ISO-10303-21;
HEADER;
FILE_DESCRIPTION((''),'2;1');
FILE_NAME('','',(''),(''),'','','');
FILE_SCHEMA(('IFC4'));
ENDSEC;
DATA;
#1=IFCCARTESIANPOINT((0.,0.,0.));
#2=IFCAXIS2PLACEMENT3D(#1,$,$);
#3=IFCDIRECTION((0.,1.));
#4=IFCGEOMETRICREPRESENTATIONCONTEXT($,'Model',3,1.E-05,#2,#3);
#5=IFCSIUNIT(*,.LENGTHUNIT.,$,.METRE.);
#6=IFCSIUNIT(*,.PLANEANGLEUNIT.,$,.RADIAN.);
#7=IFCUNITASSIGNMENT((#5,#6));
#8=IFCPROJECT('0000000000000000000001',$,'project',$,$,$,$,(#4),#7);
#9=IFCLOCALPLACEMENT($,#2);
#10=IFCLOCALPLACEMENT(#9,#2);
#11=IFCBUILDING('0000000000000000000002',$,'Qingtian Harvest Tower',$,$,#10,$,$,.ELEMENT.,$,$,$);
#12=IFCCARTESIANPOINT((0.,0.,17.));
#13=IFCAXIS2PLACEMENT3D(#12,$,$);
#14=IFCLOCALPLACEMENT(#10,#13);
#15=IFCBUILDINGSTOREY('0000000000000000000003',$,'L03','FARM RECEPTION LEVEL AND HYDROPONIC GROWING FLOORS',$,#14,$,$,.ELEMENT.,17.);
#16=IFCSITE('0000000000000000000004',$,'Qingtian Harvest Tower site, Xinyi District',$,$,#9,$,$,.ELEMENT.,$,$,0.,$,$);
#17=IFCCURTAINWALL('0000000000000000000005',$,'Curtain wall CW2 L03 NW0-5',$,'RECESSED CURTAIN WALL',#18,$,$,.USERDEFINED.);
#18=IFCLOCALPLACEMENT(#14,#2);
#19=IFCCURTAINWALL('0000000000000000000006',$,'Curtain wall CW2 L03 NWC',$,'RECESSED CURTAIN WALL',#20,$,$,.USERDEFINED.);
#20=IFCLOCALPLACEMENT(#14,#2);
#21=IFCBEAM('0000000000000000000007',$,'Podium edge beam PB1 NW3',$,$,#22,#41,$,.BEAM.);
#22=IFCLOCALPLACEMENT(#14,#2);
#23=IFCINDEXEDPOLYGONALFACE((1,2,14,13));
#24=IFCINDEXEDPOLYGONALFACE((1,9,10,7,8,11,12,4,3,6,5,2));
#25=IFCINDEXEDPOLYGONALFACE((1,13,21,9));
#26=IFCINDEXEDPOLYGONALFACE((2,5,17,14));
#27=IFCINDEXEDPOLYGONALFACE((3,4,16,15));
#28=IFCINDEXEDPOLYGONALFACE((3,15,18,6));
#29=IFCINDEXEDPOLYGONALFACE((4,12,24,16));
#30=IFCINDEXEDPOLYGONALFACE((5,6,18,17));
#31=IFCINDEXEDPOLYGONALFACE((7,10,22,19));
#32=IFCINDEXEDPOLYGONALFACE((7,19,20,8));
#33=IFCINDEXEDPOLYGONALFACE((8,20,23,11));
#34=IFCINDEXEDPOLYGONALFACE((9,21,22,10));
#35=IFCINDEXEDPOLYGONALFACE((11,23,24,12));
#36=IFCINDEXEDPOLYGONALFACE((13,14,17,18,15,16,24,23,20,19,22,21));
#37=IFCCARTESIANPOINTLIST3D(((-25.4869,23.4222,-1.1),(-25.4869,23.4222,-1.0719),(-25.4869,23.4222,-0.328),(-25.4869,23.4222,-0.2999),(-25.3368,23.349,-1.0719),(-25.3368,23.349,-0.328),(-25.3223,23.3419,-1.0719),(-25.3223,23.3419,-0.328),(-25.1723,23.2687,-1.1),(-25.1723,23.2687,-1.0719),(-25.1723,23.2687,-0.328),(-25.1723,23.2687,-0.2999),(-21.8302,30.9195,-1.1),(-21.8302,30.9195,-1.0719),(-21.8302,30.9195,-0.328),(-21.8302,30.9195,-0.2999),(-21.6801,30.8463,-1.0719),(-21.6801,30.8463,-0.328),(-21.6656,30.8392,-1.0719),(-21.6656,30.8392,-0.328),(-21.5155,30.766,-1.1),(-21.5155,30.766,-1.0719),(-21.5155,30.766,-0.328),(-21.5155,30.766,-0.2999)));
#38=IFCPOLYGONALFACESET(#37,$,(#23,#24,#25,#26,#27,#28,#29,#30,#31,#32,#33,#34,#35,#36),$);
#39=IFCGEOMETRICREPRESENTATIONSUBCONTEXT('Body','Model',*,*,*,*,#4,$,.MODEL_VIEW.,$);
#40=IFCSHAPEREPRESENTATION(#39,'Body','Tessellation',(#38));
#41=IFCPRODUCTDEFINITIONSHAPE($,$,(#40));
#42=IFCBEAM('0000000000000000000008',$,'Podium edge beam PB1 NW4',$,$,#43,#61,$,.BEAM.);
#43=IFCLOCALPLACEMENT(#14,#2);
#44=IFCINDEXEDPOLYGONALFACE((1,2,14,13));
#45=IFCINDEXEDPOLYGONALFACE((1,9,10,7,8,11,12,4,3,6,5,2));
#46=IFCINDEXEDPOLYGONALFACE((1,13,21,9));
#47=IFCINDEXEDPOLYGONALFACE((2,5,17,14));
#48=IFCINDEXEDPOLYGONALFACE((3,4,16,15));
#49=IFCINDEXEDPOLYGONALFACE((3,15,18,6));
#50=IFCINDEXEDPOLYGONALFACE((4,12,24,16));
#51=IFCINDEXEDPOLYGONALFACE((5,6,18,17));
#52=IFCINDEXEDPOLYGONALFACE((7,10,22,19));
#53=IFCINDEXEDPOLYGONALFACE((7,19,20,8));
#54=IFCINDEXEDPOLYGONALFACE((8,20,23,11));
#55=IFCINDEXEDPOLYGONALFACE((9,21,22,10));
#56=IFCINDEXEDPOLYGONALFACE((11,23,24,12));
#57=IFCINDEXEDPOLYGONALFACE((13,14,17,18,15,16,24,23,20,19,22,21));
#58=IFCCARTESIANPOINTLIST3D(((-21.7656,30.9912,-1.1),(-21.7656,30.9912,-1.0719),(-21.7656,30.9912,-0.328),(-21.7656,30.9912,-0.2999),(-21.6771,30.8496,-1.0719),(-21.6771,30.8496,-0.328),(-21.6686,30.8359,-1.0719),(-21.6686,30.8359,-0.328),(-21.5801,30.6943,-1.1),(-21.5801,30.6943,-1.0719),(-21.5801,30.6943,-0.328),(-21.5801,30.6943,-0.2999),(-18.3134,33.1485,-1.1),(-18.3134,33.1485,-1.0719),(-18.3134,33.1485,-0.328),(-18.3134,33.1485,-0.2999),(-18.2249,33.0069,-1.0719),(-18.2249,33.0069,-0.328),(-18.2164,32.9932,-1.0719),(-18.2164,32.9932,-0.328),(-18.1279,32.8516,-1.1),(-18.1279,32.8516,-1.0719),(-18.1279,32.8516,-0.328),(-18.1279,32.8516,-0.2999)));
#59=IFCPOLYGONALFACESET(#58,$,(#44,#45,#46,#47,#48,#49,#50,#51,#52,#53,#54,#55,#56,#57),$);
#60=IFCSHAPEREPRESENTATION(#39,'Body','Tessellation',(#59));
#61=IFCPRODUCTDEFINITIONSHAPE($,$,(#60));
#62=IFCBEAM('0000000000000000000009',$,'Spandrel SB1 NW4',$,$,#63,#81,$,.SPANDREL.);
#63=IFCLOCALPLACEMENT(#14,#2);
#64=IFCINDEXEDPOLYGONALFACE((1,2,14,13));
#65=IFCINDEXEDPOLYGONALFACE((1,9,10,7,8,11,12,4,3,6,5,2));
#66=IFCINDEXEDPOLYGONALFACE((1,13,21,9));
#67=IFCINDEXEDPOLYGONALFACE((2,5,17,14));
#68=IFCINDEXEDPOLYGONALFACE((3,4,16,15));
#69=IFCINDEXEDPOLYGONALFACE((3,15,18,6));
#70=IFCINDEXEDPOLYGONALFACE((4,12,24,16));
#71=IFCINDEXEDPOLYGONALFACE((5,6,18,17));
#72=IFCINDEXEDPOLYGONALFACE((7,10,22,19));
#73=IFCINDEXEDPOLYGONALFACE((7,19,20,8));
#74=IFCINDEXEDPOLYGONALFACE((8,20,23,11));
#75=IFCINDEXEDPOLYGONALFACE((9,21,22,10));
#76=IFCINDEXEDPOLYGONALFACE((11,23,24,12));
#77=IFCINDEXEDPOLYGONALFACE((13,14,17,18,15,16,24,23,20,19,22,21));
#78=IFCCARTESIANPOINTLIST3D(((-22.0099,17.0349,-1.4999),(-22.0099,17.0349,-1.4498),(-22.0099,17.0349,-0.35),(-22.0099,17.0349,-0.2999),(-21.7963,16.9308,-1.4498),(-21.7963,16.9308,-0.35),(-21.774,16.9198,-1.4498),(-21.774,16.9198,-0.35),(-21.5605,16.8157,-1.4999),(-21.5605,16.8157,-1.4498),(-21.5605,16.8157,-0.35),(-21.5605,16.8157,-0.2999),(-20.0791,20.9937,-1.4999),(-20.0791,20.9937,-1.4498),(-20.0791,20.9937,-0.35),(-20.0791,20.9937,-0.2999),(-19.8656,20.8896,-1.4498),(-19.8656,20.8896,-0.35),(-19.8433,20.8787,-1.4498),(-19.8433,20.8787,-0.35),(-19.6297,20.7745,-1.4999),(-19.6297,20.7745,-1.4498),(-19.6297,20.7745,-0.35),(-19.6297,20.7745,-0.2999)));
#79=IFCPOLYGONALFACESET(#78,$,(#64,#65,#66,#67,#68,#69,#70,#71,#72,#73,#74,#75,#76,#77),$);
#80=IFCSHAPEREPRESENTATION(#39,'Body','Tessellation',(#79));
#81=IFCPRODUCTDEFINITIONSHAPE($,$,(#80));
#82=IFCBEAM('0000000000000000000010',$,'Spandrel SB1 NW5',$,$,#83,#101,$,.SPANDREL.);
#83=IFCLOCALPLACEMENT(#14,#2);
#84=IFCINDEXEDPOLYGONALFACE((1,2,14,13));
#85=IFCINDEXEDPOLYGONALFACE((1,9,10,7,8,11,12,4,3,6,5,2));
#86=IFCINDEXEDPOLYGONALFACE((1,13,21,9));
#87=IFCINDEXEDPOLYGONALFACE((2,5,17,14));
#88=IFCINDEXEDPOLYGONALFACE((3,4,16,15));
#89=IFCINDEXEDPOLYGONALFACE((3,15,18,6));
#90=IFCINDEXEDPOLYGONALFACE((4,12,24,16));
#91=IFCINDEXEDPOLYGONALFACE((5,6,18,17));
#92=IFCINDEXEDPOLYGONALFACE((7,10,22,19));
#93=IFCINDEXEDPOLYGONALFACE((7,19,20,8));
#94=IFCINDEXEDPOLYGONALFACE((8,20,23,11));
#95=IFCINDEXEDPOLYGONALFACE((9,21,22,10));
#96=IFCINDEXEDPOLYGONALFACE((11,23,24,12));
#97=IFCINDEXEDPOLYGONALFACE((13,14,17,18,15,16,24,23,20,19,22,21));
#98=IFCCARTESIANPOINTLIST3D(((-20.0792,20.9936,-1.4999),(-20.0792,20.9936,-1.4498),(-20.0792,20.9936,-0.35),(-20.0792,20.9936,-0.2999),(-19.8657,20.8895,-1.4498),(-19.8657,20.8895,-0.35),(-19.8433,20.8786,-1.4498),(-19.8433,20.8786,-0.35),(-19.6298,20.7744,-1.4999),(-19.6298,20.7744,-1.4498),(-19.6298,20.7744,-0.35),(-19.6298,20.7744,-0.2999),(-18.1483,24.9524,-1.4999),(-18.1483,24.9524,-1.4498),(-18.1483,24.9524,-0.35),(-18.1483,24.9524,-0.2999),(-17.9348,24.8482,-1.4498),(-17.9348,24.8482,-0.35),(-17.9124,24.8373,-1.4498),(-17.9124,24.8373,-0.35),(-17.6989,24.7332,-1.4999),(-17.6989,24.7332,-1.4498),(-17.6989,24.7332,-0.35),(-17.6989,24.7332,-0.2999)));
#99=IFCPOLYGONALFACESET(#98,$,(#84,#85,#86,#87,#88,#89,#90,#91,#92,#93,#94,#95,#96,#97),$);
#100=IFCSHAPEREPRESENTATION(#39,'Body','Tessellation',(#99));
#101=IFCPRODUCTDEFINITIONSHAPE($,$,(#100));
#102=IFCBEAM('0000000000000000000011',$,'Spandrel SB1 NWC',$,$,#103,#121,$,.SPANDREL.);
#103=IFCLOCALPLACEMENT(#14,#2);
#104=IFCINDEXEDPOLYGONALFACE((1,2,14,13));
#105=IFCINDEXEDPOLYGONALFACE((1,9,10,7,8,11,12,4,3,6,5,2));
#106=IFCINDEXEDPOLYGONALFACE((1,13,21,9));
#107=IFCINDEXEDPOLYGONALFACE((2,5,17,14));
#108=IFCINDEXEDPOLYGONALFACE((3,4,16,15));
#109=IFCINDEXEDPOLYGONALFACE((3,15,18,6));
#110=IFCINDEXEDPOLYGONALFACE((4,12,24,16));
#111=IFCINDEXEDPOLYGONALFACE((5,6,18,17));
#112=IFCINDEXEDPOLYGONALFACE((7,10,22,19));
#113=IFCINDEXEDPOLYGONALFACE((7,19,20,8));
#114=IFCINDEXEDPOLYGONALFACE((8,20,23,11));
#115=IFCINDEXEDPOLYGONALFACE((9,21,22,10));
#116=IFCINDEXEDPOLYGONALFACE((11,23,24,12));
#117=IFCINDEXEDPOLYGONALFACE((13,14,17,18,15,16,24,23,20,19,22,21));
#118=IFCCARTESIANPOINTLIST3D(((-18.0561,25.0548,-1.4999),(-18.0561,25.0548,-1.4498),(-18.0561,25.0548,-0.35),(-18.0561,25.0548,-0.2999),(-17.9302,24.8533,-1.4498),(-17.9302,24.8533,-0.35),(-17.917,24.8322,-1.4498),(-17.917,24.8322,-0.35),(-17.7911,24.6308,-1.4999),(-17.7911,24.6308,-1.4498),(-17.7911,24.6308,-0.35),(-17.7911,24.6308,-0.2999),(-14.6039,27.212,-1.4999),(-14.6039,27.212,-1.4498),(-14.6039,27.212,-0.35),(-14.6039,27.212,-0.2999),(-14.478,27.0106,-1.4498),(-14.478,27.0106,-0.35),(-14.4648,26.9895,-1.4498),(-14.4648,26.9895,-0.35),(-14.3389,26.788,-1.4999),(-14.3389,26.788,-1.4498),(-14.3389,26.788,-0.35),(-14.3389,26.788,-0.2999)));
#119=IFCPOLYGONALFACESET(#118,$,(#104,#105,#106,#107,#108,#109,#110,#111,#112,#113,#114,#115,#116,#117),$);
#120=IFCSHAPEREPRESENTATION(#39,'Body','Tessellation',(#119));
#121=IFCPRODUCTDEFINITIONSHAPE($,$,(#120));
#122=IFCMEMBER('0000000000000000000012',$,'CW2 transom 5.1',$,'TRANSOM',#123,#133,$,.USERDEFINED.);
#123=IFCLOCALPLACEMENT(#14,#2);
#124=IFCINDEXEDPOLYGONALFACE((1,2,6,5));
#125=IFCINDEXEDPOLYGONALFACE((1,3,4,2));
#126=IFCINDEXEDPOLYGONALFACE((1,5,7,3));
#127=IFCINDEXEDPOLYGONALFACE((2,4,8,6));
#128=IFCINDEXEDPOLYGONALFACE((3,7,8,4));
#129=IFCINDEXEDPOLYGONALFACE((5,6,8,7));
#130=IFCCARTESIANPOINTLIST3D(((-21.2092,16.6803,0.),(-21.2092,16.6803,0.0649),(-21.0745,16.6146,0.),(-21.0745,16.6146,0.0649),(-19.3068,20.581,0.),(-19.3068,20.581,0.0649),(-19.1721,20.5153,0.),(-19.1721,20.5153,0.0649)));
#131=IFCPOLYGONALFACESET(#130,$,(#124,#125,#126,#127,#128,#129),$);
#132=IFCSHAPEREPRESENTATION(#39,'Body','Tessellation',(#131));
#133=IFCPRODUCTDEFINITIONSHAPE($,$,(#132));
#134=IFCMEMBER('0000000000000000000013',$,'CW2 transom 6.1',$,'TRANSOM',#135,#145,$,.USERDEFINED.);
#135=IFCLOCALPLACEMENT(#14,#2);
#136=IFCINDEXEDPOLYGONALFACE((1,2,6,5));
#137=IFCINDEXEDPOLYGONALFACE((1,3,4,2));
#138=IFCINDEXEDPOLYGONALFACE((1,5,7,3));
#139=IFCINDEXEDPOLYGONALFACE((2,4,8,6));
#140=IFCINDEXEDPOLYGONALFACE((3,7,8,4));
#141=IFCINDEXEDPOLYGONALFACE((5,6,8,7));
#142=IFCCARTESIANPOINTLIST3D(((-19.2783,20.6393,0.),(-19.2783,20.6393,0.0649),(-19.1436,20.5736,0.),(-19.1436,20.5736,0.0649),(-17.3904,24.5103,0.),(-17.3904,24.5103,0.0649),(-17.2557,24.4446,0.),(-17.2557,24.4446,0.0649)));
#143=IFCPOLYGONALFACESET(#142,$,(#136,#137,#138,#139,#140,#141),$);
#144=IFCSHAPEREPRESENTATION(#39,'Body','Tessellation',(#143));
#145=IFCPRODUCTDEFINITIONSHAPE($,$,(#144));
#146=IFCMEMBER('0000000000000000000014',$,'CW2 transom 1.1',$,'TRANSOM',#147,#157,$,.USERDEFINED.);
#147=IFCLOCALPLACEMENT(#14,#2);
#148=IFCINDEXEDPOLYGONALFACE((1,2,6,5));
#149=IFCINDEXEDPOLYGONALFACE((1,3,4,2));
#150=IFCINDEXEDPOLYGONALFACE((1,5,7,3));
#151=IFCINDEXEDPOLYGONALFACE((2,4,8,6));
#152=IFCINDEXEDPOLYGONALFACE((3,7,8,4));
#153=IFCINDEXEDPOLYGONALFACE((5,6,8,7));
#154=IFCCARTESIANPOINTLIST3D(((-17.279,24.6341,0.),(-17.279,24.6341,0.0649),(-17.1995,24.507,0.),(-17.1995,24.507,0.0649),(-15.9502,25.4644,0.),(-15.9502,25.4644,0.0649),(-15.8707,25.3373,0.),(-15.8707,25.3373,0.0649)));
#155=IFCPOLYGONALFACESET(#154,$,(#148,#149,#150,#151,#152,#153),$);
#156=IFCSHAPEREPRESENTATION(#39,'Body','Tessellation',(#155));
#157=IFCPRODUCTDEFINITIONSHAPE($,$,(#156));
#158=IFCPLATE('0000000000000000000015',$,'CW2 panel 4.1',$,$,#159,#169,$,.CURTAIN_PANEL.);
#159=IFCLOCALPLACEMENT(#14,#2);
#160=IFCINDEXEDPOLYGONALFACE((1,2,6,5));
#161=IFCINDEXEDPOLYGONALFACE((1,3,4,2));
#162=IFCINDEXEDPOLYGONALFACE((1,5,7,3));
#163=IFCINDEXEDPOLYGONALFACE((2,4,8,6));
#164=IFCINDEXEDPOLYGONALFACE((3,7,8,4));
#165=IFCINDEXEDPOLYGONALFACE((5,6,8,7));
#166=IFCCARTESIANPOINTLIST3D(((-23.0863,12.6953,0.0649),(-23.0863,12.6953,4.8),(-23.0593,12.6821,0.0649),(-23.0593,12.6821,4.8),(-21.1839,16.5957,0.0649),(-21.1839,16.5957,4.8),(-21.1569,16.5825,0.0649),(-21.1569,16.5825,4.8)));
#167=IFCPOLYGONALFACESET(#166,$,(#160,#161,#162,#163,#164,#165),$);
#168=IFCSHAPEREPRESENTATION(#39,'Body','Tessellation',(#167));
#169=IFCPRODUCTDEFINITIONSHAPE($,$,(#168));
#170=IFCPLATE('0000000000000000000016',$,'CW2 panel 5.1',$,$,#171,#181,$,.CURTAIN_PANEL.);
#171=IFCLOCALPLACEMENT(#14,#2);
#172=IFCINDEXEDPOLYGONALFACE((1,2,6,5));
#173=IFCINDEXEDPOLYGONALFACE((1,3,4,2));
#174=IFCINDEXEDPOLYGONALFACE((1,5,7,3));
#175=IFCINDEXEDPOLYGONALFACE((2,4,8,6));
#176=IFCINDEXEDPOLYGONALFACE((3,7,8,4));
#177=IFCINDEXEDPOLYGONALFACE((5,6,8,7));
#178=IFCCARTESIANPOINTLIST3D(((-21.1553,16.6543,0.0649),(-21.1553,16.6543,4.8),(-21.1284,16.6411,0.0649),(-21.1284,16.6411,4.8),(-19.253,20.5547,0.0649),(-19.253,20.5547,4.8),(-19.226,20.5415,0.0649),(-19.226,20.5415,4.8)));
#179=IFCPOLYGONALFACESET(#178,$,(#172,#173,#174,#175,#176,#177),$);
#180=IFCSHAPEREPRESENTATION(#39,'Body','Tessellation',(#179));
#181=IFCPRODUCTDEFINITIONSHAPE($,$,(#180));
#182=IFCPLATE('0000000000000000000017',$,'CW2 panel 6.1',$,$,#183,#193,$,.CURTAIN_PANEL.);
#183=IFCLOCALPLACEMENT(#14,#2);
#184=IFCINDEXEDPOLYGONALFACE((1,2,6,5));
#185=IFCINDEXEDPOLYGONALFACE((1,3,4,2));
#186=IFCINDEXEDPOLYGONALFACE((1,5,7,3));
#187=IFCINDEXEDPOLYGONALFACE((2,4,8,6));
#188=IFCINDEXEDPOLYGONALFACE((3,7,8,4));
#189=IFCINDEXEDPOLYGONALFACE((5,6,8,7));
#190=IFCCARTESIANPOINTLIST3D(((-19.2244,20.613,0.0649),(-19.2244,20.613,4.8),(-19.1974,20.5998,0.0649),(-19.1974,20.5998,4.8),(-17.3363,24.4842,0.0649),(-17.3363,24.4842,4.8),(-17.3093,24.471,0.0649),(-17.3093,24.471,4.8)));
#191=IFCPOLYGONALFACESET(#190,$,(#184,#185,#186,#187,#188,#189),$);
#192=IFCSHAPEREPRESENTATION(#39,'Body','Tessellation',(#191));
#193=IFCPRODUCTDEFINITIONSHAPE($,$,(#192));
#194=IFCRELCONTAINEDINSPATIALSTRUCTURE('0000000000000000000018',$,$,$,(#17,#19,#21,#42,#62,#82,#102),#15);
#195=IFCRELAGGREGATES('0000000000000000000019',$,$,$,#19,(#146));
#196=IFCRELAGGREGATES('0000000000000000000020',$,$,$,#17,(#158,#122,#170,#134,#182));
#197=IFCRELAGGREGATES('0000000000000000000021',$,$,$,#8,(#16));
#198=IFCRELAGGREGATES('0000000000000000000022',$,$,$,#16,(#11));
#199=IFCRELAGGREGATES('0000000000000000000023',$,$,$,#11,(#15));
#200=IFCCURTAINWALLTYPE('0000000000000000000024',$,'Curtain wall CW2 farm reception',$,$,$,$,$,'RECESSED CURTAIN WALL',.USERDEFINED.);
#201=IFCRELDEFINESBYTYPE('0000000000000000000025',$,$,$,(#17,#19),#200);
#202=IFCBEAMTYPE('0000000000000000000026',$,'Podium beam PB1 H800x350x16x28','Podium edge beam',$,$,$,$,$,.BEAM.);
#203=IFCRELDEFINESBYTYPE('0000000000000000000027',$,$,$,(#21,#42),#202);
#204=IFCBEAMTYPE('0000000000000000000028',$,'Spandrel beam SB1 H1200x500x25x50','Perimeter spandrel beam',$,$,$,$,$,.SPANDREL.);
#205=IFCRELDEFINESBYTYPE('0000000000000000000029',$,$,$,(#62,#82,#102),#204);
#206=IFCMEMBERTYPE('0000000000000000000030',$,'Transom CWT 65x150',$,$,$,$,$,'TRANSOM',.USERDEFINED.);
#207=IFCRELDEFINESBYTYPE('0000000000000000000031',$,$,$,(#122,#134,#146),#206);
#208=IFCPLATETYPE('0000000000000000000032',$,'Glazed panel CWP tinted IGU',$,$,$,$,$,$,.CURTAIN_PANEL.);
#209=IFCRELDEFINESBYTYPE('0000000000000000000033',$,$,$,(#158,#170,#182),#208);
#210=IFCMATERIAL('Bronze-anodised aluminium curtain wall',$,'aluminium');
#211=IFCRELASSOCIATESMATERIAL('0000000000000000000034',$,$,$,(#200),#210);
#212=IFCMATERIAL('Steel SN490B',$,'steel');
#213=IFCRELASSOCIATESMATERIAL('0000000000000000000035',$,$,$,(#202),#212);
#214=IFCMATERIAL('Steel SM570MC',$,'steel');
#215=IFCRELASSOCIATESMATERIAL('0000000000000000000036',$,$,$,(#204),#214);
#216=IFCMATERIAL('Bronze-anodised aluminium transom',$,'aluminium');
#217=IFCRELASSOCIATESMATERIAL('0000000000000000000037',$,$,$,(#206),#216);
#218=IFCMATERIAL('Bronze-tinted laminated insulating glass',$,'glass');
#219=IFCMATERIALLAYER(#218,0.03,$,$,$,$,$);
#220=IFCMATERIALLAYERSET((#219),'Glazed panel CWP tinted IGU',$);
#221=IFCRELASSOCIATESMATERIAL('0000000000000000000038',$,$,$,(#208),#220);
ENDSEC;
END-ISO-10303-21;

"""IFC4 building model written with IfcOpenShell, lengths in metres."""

from ifc_helpers import new_model, si_unit, direction, frame, origin, origin_2d, place, context, subcontext, project, spatial, rectangle, i_section, extrude, material, layer, layer_set, material_profile, profile_set, type_object, element, aggregate, save


model = new_model("IFC4")

# Units and contexts
model_context = context("Model", 3, precision=1e-05, world=origin(), true_north=direction((0.0, 1.0)))
body_context = subcontext(model_context, "Body", "Model", "MODEL_VIEW")
ifc_project = project(units=[si_unit("LENGTHUNIT", "METRE"), si_unit("PLANEANGLEUNIT", "RADIAN")], contexts=[model_context])

# Site, building, storey
site_placement = place(None, origin())
site = spatial("IfcSite", under=ifc_project, at=site_placement, Name="Qingtian Harvest Tower site, Xinyi District", CompositionType="ELEMENT", RefElevation=0.0)
building_placement = place(site_placement, origin())
building = spatial("IfcBuilding", under=site, at=building_placement, Name="Qingtian Harvest Tower", CompositionType="ELEMENT")
storey_placement = place(building_placement, frame((0.0, 0.0, 17.0)))
storey = spatial("IfcBuildingStorey", under=building, at=storey_placement, Name="L03", Description="FARM RECEPTION LEVEL AND HYDROPONIC GROWING FLOORS", CompositionType="ELEMENT", Elevation=17.0)

# Curtain wall
ifc_material_1 = material(Name="Bronze-anodised aluminium curtain wall", Category="aluminium")
curtain_wall_type = type_object("IfcCurtainWallType", Name="Curtain wall CW2 farm reception", ElementType="RECESSED CURTAIN WALL", PredefinedType="USERDEFINED", material=ifc_material_1)
curtain_wall_1_placement = place(storey_placement, origin())
curtain_wall_1 = element("IfcCurtainWall", 1, at=curtain_wall_1_placement, inside=storey, type_object=curtain_wall_type, Name="Curtain wall CW2 L03 NW0-5", ObjectType="RECESSED CURTAIN WALL", PredefinedType="USERDEFINED")

# Curtain wall
curtain_wall_2_placement = place(storey_placement, origin())
curtain_wall_2 = element("IfcCurtainWall", 2, at=curtain_wall_2_placement, inside=storey, type_object=curtain_wall_type, Name="Curtain wall CW2 L03 NWC", ObjectType="RECESSED CURTAIN WALL", PredefinedType="USERDEFINED")

# Beams
ifc_material_2 = material(Name="Steel SN490B", Category="steel")
ifc_material_profile_1 = material_profile(ifc_material_2, i_section(OverallWidth=0.3501, OverallDepth=0.8, WebThickness=0.0161, FlangeThickness=0.0281, at=origin_2d()), Name="H800x350x16x28")
ifc_profile_set_1 = profile_set([ifc_material_profile_1], Name="Steel SN490B")
beam_type_1 = type_object("IfcBeamType", Name="Podium beam PB1 H800x350x16x28", Description="Podium edge beam", PredefinedType="BEAM", material=ifc_profile_set_1)
beam_1_placement = place(storey_placement, frame((-25.3296, 23.3455, -0.7), z_axis=(0.438376, 0.898792, 0.0), x_axis=(-0.898792, 0.438376, 0.0)))
element("IfcBeam", 3, at=beam_1_placement, inside=storey, type_object=beam_type_1, Name="Podium edge beam PB1 NW3", PredefinedType="BEAM", context=body_context, shape_type="SweptSolid", body=[
    extrude(i_section(OverallWidth=0.3501, OverallDepth=0.8, WebThickness=0.0161, FlangeThickness=0.0281, at=origin_2d()), origin(), (0.0, 0.0, 1.0), 8.3416),
])
beam_2_placement = place(storey_placement, frame((-21.6729, 30.8428, -0.7), z_axis=(0.848039, 0.529934, 0.0), x_axis=(-0.529934, 0.848039, 0.0)))
element("IfcBeam", 4, at=beam_2_placement, inside=storey, type_object=beam_type_1, Name="Podium edge beam PB1 NW4", PredefinedType="BEAM", context=body_context, shape_type="SweptSolid", body=[
    extrude(i_section(OverallWidth=0.3501, OverallDepth=0.8, WebThickness=0.0161, FlangeThickness=0.0281, at=origin_2d()), origin(), (0.0, 0.0, 1.0), 4.0708),
])
ifc_material_3 = material(Name="Steel SM570MC", Category="steel")
ifc_material_profile_2 = material_profile(ifc_material_3, i_section(OverallWidth=0.5, OverallDepth=1.2, WebThickness=0.0249, FlangeThickness=0.05, at=origin_2d()), Name="H1200x500x25x50")
ifc_profile_set_2 = profile_set([ifc_material_profile_2], Name="Steel SM570MC")
beam_type_2 = type_object("IfcBeamType", Name="Spandrel beam SB1 H1200x500x25x50", Description="Perimeter spandrel beam", PredefinedType="SPANDREL", material=ifc_profile_set_2)
for number, where, z_axis, x_axis, name in (
    (5, (-21.7852, 16.9253, -0.8999), (0.438345, 0.898807, 0.0), (-0.898807, 0.438345, 0.0), "Spandrel SB1 NW4"),
    (6, (-19.8545, 20.884, -0.8999), (0.43839, 0.898785, 0.0), (-0.898785, 0.43839, 0.0), "Spandrel SB1 NW5"),
):
    element("IfcBeam", number, at=place(storey_placement, frame(where, z_axis=z_axis, x_axis=x_axis)), inside=storey, type_object=beam_type_2, Name=name, PredefinedType="SPANDREL", context=body_context, shape_type="SweptSolid", body=[
        extrude(i_section(OverallWidth=0.5, OverallDepth=1.2, WebThickness=0.0249, FlangeThickness=0.05, at=origin_2d()), origin(), (0.0, 0.0, 1.0), 4.4045),
    ])
beam_3_placement = place(storey_placement, frame((-17.9236, 24.8428, -0.8999), z_axis=(0.848039, 0.529934, 0.0), x_axis=(-0.529934, 0.848039, 0.0)))
element("IfcBeam", 7, at=beam_3_placement, inside=storey, type_object=beam_type_2, Name="Spandrel SB1 NWC", PredefinedType="SPANDREL", context=body_context, shape_type="SweptSolid", body=[
    extrude(i_section(OverallWidth=0.5, OverallDepth=1.2, WebThickness=0.0249, FlangeThickness=0.05, at=origin_2d()), origin(), (0.0, 0.0, 1.0), 4.0708),
])

# Members
ifc_material_4 = material(Name="Bronze-anodised aluminium transom", Category="aluminium")
ifc_material_profile_3 = material_profile(ifc_material_4, rectangle(XDim=0.1499, YDim=0.0649, at=origin_2d()), Name="AL 65x150")
ifc_profile_set_3 = profile_set([ifc_material_profile_3], Name="Bronze-anodised aluminium transom")
member_type_1 = type_object("IfcMemberType", Name="Transom CWT 65x150", ElementType="TRANSOM", PredefinedType="USERDEFINED", material=ifc_profile_set_3)
member_1_placement = place(storey_placement, frame((-21.1418, 16.6475, 0.0325), z_axis=(0.438348, 0.898805, 0.0), x_axis=(-0.898805, 0.438348, 0.0)))
member_1 = element("IfcMember", 8, at=member_1_placement, type_object=member_type_1, Name="CW2 transom 5.1", ObjectType="TRANSOM", PredefinedType="USERDEFINED", context=body_context, shape_type="SweptSolid", body=[
    extrude(rectangle(XDim=0.1499, YDim=0.0649, at=origin_2d()), origin(), (0.0, 0.0, 1.0), 4.3398),
])
member_2_placement = place(storey_placement, frame((-19.2109, 20.6064, 0.0325), z_axis=(0.438349, 0.898805, 0.0), x_axis=(-0.898805, 0.438349, 0.0)))
member_2 = element("IfcMember", 9, at=member_2_placement, type_object=member_type_1, Name="CW2 transom 6.1", ObjectType="TRANSOM", PredefinedType="USERDEFINED", context=body_context, shape_type="SweptSolid", body=[
    extrude(rectangle(XDim=0.1499, YDim=0.0649, at=origin_2d()), origin(), (0.0, 0.0, 1.0), 4.3069),
])
member_3_placement = place(storey_placement, frame((-17.2393, 24.5706, 0.0325), z_axis=(0.84806, 0.529901, 0.0), x_axis=(-0.529901, 0.84806, 0.0)))
member_3 = element("IfcMember", 10, at=member_3_placement, type_object=member_type_1, Name="CW2 transom 1.1", ObjectType="TRANSOM", PredefinedType="USERDEFINED", context=body_context, shape_type="SweptSolid", body=[
    extrude(rectangle(XDim=0.1499, YDim=0.0649, at=origin_2d()), origin(), (0.0, 0.0, 1.0), 1.5669),
])
aggregate(curtain_wall_2, [member_3])

# Plates
ifc_material_5 = material(Name="Bronze-tinted laminated insulating glass", Category="glass")
ifc_layer = layer(ifc_material_5, 0.03)
ifc_layer_set = layer_set([ifc_layer], Name="Glazed panel CWP tinted IGU")
plate_type = type_object("IfcPlateType", Name="Glazed panel CWP tinted IGU", PredefinedType="CURTAIN_PANEL", material=ifc_layer_set)
plate_1_placement = place(storey_placement, frame((-22.1216, 14.6389, 0.0649), z_axis=(0.0, 0.0, 1.0), x_axis=(0.438371, 0.898794, 0.0)))
plate_1 = element("IfcPlate", 11, at=plate_1_placement, type_object=plate_type, Name="CW2 panel 4.1", PredefinedType="CURTAIN_PANEL", context=body_context, shape_type="SweptSolid", body=[
    extrude(rectangle(XDim=4.3396, YDim=0.03, at=origin_2d()), origin(), (0.0, 0.0, 1.0), 4.7351),
])
plate_2_placement = place(storey_placement, frame((-20.1907, 18.5979, 0.0649), z_axis=(0.0, 0.0, 1.0), x_axis=(0.438371, 0.898794, 0.0)))
plate_2 = element("IfcPlate", 12, at=plate_2_placement, type_object=plate_type, Name="CW2 panel 5.1", PredefinedType="CURTAIN_PANEL", context=body_context, shape_type="SweptSolid", body=[
    extrude(rectangle(XDim=4.3396, YDim=0.03, at=origin_2d()), origin(), (0.0, 0.0, 1.0), 4.7351),
])
plate_3_placement = place(storey_placement, frame((-18.2668, 22.542, 0.0649), z_axis=(0.0, 0.0, 1.0), x_axis=(0.438371, 0.898794, 0.0)))
plate_3 = element("IfcPlate", 13, at=plate_3_placement, type_object=plate_type, Name="CW2 panel 6.1", PredefinedType="CURTAIN_PANEL", context=body_context, shape_type="SweptSolid", body=[
    extrude(rectangle(XDim=4.3071, YDim=0.03, at=origin_2d()), origin(), (0.0, 0.0, 1.0), 4.7351),
])
aggregate(curtain_wall_1, [plate_1, member_1, plate_2, member_2, plate_3])

save(model, "model.ifc")
